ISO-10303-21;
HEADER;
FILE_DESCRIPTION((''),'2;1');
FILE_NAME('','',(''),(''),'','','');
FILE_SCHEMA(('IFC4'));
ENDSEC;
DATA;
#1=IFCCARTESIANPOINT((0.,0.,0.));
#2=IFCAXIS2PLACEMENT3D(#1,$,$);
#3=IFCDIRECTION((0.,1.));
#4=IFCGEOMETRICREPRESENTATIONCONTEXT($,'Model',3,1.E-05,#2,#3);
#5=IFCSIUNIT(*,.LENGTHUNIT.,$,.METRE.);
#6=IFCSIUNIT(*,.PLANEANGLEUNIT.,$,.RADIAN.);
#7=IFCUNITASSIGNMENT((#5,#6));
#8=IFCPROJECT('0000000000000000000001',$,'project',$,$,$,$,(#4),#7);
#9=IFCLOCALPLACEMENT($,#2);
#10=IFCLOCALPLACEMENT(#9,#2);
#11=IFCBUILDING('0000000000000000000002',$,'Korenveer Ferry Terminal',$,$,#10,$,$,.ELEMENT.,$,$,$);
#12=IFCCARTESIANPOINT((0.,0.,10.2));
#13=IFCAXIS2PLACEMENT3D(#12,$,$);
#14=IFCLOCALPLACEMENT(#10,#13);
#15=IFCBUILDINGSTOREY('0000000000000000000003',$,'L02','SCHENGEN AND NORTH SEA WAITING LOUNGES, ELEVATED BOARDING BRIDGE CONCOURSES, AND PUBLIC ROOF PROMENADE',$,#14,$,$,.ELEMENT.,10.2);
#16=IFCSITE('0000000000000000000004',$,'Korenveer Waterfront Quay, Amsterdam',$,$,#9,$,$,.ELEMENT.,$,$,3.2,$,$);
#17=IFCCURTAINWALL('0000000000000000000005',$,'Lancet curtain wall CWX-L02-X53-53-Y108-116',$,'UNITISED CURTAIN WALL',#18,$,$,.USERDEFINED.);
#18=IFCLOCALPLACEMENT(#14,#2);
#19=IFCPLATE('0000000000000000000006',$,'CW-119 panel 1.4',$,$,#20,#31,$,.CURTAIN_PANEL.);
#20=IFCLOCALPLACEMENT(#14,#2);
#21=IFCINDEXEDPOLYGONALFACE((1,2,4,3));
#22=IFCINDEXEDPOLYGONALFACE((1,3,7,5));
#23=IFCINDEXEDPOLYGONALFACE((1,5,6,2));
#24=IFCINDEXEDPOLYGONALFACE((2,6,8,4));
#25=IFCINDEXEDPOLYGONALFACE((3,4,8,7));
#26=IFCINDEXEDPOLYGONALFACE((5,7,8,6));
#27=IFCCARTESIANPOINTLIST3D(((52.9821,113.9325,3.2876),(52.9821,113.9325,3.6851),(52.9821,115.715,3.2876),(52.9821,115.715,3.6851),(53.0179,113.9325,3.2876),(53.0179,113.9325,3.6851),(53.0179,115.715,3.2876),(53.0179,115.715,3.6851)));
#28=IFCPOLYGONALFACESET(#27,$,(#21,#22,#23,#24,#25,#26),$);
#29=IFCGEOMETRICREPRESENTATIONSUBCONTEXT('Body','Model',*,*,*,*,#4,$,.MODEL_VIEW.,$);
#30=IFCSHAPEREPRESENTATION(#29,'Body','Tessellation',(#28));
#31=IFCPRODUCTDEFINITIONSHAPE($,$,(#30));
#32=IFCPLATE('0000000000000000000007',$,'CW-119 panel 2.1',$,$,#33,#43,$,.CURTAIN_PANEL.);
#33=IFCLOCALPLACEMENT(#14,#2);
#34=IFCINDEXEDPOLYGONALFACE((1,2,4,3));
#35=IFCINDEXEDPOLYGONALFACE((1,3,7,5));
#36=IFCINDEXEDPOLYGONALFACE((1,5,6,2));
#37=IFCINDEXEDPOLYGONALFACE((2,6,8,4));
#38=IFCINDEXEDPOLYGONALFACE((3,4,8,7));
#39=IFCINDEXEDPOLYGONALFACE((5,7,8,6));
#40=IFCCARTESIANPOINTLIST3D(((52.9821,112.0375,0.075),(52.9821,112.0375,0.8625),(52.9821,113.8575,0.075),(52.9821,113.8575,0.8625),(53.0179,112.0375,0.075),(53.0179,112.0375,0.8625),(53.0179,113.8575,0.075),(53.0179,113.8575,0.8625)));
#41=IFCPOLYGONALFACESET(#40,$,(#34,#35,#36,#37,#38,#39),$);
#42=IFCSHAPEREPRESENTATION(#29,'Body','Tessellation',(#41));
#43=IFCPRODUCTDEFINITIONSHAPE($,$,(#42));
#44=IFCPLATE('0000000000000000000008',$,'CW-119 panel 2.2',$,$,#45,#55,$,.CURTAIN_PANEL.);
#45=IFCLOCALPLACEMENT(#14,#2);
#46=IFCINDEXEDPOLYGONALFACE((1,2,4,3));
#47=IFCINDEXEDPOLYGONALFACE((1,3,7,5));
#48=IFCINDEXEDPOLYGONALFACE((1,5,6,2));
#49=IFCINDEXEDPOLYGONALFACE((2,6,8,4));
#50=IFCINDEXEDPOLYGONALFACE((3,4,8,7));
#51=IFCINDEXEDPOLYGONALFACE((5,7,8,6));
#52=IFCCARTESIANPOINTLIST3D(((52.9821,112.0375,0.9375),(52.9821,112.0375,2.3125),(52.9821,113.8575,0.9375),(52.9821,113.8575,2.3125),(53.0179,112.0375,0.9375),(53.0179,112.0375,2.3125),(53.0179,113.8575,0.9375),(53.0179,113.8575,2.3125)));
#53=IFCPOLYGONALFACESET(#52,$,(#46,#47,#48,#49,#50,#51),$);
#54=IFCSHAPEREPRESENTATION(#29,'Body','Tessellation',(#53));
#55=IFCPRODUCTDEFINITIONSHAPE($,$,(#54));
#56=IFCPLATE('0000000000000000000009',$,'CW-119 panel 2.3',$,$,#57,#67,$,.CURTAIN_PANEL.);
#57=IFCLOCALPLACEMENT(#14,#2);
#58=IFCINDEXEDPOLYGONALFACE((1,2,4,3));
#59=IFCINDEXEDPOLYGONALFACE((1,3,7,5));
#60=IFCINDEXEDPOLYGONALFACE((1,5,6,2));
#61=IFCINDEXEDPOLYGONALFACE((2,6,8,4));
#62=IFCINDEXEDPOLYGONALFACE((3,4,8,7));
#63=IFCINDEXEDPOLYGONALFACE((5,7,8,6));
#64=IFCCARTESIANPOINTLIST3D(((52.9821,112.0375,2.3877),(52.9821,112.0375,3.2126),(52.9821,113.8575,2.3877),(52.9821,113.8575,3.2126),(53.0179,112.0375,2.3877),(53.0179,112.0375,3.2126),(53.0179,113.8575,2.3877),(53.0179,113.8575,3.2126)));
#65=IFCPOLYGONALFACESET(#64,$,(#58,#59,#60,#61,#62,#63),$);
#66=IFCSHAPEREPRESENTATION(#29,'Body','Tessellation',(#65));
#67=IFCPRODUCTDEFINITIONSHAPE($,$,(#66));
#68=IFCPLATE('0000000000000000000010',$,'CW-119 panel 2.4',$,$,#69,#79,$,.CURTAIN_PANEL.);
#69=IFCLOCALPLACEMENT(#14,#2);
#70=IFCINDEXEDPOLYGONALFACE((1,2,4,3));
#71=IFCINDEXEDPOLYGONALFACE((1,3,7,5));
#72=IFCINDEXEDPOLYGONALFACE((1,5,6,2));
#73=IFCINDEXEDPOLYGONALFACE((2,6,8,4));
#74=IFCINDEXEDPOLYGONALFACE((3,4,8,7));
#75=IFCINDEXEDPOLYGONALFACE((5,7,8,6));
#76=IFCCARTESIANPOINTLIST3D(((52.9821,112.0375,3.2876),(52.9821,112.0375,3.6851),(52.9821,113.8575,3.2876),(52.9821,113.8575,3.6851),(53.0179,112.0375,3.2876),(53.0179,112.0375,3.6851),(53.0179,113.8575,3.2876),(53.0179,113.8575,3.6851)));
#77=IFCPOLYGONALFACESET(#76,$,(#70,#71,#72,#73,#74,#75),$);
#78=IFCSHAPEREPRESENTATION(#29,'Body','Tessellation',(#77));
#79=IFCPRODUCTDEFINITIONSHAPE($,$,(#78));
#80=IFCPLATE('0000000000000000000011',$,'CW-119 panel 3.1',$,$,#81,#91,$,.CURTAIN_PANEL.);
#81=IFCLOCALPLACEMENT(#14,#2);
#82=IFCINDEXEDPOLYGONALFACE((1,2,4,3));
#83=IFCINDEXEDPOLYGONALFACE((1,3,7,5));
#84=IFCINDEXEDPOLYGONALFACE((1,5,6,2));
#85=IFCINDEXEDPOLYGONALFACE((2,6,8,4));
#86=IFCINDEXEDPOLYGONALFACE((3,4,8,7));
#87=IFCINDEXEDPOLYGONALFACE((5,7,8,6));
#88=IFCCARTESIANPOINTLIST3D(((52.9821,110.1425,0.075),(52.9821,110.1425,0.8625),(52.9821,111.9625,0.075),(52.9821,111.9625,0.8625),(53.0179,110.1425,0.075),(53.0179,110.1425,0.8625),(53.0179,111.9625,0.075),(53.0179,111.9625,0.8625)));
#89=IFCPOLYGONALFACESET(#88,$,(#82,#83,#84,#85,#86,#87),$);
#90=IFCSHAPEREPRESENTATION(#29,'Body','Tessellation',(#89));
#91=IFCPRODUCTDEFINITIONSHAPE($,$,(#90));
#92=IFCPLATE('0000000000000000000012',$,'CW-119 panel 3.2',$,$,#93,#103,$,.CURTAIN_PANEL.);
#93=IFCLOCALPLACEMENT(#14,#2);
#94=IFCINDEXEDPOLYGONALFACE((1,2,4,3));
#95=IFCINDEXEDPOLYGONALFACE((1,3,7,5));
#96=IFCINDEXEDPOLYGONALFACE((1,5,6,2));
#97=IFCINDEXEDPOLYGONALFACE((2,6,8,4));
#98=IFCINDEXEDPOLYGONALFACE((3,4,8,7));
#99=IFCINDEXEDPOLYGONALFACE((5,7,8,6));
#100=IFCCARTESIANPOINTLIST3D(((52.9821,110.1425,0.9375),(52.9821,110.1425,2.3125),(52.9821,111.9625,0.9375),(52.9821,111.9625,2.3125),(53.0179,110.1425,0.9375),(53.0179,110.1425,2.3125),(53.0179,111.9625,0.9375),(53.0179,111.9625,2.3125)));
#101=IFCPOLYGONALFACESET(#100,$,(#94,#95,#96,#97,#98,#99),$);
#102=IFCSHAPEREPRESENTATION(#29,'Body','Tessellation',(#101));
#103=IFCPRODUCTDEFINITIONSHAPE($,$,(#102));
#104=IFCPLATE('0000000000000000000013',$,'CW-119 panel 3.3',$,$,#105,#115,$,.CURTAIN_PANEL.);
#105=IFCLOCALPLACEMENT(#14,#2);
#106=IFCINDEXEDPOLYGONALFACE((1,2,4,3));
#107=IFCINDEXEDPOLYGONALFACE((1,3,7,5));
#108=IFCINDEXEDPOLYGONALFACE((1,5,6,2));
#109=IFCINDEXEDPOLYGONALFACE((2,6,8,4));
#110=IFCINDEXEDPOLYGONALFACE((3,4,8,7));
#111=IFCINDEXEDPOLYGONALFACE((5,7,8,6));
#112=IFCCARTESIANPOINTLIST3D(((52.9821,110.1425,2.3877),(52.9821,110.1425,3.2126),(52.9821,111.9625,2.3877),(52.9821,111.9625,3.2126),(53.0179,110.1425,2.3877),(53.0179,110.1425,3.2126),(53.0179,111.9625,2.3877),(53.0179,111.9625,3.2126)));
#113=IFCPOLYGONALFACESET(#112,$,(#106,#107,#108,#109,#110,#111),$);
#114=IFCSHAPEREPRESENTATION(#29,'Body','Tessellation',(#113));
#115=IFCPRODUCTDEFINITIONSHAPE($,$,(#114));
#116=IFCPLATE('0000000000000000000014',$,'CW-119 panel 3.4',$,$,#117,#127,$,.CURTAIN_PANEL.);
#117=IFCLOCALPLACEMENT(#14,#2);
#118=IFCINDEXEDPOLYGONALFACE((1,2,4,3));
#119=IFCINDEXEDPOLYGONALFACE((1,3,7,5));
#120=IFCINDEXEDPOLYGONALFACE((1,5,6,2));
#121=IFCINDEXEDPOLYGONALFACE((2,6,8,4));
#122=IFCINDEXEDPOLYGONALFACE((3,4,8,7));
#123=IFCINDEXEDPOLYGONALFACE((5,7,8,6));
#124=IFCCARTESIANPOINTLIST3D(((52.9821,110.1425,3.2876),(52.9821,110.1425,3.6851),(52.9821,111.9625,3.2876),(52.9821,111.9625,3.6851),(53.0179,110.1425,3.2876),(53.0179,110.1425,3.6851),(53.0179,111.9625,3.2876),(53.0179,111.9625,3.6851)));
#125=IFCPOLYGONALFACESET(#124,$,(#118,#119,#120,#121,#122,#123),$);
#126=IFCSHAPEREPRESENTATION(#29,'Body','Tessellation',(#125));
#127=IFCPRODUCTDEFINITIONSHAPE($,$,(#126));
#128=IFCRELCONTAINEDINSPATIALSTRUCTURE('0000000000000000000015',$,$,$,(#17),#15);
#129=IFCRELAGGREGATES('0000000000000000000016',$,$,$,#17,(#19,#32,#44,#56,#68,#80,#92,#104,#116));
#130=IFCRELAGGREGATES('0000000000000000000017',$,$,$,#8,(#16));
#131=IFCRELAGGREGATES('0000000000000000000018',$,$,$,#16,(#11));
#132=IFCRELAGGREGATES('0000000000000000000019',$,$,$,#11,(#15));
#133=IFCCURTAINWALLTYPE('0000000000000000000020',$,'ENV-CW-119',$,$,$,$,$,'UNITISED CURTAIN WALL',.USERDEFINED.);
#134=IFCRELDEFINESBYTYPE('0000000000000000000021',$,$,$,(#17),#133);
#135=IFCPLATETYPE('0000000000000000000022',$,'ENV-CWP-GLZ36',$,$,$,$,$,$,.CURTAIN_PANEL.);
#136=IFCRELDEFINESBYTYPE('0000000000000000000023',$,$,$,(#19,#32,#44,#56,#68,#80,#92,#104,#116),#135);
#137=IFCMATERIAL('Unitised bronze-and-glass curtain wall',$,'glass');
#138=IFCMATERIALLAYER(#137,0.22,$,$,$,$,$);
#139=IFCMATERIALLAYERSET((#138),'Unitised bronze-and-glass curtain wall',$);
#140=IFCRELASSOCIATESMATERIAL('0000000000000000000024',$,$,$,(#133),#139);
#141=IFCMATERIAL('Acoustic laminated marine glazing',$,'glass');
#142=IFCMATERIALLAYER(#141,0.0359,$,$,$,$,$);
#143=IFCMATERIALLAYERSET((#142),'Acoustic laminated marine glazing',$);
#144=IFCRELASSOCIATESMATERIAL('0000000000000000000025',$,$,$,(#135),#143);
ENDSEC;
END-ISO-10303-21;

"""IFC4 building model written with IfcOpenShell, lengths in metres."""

from ifc_helpers import new_model, si_unit, direction, frame, origin, origin_2d, place, context, subcontext, project, spatial, rectangle, extrude, material, layer, layer_set, type_object, element, aggregate, save


model = new_model("IFC4")

# Units and contexts
model_context = context("Model", 3, precision=1e-05, world=origin(), true_north=direction((0.0, 1.0)))
body_context = subcontext(model_context, "Body", "Model", "MODEL_VIEW")
ifc_project = project(units=[si_unit("LENGTHUNIT", "METRE"), si_unit("PLANEANGLEUNIT", "RADIAN")], contexts=[model_context])

# Site, building, storey
site_placement = place(None, origin())
site = spatial("IfcSite", under=ifc_project, at=site_placement, Name="Korenveer Waterfront Quay, Amsterdam", CompositionType="ELEMENT", RefElevation=3.2)
building_placement = place(site_placement, origin())
building = spatial("IfcBuilding", under=site, at=building_placement, Name="Korenveer Ferry Terminal", CompositionType="ELEMENT")
storey_placement = place(building_placement, frame((0.0, 0.0, 10.2)))
storey = spatial("IfcBuildingStorey", under=building, at=storey_placement, Name="L02", Description="SCHENGEN AND NORTH SEA WAITING LOUNGES, ELEVATED BOARDING BRIDGE CONCOURSES, AND PUBLIC ROOF PROMENADE", CompositionType="ELEMENT", Elevation=10.2)

# Shared definitions
ifc_material_1 = material(Name="Unitised bronze-and-glass curtain wall", Category="glass")

# Curtain wall
ifc_layer_1 = layer(ifc_material_1, 0.22)
ifc_layer_set_1 = layer_set([ifc_layer_1], Name="Unitised bronze-and-glass curtain wall")
curtain_wall_type_1 = type_object("IfcCurtainWallType", Name="ENV-CW-119", ElementType="UNITISED CURTAIN WALL", PredefinedType="USERDEFINED", material=ifc_layer_set_1)
curtain_wall_1_placement = place(storey_placement, frame((53.0, 115.79, 0.0)))
curtain_wall_1 = element("IfcCurtainWall", 1, at=curtain_wall_1_placement, inside=storey, type_object=curtain_wall_type_1, Name="Lancet curtain wall CWX-L02-X53-53-Y108-116", ObjectType="UNITISED CURTAIN WALL", PredefinedType="USERDEFINED")

# Plates
ifc_material_2 = material(Name="Acoustic laminated marine glazing", Category="glass")
ifc_layer_2 = layer(ifc_material_2, 0.0359)
ifc_layer_set_2 = layer_set([ifc_layer_2], Name="Acoustic laminated marine glazing")
plate_type = type_object("IfcPlateType", Name="ENV-CWP-GLZ36", PredefinedType="CURTAIN_PANEL", material=ifc_layer_set_2)
plate_1_placement = place(storey_placement, frame((53.0, 114.8237, 3.2876), z_axis=(0.0, 0.0, 1.0), x_axis=(0.0, -1.0, 0.0)))
plate_1 = element("IfcPlate", 2, at=plate_1_placement, type_object=plate_type, Name="CW-119 panel 1.4", PredefinedType="CURTAIN_PANEL", context=body_context, shape_type="SweptSolid", body=[
    extrude(rectangle(XDim=1.7825, YDim=0.0359, at=origin_2d()), origin(), (0.0, 0.0, 1.0), 0.3975),
])
plate_2_placement = place(storey_placement, frame((53.0, 112.9475, 0.075), z_axis=(0.0, 0.0, 1.0), x_axis=(0.0, -1.0, 0.0)))
plate_2 = element("IfcPlate", 3, at=plate_2_placement, type_object=plate_type, Name="CW-119 panel 2.1", PredefinedType="CURTAIN_PANEL", context=body_context, shape_type="SweptSolid", body=[
    extrude(rectangle(XDim=1.8201, YDim=0.0359, at=origin_2d()), origin(), (0.0, 0.0, 1.0), 0.7876),
])
plate_3_placement = place(storey_placement, frame((53.0, 112.9475, 0.9375), z_axis=(0.0, 0.0, 1.0), x_axis=(0.0, -1.0, 0.0)))
plate_3 = element("IfcPlate", 4, at=plate_3_placement, type_object=plate_type, Name="CW-119 panel 2.2", PredefinedType="CURTAIN_PANEL", context=body_context, shape_type="SweptSolid", body=[
    extrude(rectangle(XDim=1.8201, YDim=0.0359, at=origin_2d()), origin(), (0.0, 0.0, 1.0), 1.375),
])
plate_4_placement = place(storey_placement, frame((53.0, 112.9475, 2.3877), z_axis=(0.0, 0.0, 1.0), x_axis=(0.0, -1.0, 0.0)))
plate_4 = element("IfcPlate", 5, at=plate_4_placement, type_object=plate_type, Name="CW-119 panel 2.3", PredefinedType="CURTAIN_PANEL", context=body_context, shape_type="SweptSolid", body=[
    extrude(rectangle(XDim=1.8201, YDim=0.0359, at=origin_2d()), origin(), (0.0, 0.0, 1.0), 0.825),
])
plate_5_placement = place(storey_placement, frame((53.0, 112.9475, 3.2876), z_axis=(0.0, 0.0, 1.0), x_axis=(0.0, -1.0, 0.0)))
plate_5 = element("IfcPlate", 6, at=plate_5_placement, type_object=plate_type, Name="CW-119 panel 2.4", PredefinedType="CURTAIN_PANEL", context=body_context, shape_type="SweptSolid", body=[
    extrude(rectangle(XDim=1.8201, YDim=0.0359, at=origin_2d()), origin(), (0.0, 0.0, 1.0), 0.3975),
])
plate_6_placement = place(storey_placement, frame((53.0, 111.0525, 0.075), z_axis=(0.0, 0.0, 1.0), x_axis=(0.0, -1.0, 0.0)))
plate_6 = element("IfcPlate", 7, at=plate_6_placement, type_object=plate_type, Name="CW-119 panel 3.1", PredefinedType="CURTAIN_PANEL", context=body_context, shape_type="SweptSolid", body=[
    extrude(rectangle(XDim=1.8201, YDim=0.0359, at=origin_2d()), origin(), (0.0, 0.0, 1.0), 0.7876),
])
plate_7_placement = place(storey_placement, frame((53.0, 111.0525, 0.9375), z_axis=(0.0, 0.0, 1.0), x_axis=(0.0, -1.0, 0.0)))
plate_7 = element("IfcPlate", 8, at=plate_7_placement, type_object=plate_type, Name="CW-119 panel 3.2", PredefinedType="CURTAIN_PANEL", context=body_context, shape_type="SweptSolid", body=[
    extrude(rectangle(XDim=1.8201, YDim=0.0359, at=origin_2d()), origin(), (0.0, 0.0, 1.0), 1.375),
])
plate_8_placement = place(storey_placement, frame((53.0, 111.0525, 2.3877), z_axis=(0.0, 0.0, 1.0), x_axis=(0.0, -1.0, 0.0)))
plate_8 = element("IfcPlate", 9, at=plate_8_placement, type_object=plate_type, Name="CW-119 panel 3.3", PredefinedType="CURTAIN_PANEL", context=body_context, shape_type="SweptSolid", body=[
    extrude(rectangle(XDim=1.8201, YDim=0.0359, at=origin_2d()), origin(), (0.0, 0.0, 1.0), 0.825),
])
plate_9_placement = place(storey_placement, frame((53.0, 111.0525, 3.2876), z_axis=(0.0, 0.0, 1.0), x_axis=(0.0, -1.0, 0.0)))
plate_9 = element("IfcPlate", 10, at=plate_9_placement, type_object=plate_type, Name="CW-119 panel 3.4", PredefinedType="CURTAIN_PANEL", context=body_context, shape_type="SweptSolid", body=[
    extrude(rectangle(XDim=1.8201, YDim=0.0359, at=origin_2d()), origin(), (0.0, 0.0, 1.0), 0.3975),
])
aggregate(curtain_wall_1, [plate_1, plate_2, plate_3, plate_4, plate_5, plate_6, plate_7, plate_8, plate_9])

save(model, "model.ifc")
